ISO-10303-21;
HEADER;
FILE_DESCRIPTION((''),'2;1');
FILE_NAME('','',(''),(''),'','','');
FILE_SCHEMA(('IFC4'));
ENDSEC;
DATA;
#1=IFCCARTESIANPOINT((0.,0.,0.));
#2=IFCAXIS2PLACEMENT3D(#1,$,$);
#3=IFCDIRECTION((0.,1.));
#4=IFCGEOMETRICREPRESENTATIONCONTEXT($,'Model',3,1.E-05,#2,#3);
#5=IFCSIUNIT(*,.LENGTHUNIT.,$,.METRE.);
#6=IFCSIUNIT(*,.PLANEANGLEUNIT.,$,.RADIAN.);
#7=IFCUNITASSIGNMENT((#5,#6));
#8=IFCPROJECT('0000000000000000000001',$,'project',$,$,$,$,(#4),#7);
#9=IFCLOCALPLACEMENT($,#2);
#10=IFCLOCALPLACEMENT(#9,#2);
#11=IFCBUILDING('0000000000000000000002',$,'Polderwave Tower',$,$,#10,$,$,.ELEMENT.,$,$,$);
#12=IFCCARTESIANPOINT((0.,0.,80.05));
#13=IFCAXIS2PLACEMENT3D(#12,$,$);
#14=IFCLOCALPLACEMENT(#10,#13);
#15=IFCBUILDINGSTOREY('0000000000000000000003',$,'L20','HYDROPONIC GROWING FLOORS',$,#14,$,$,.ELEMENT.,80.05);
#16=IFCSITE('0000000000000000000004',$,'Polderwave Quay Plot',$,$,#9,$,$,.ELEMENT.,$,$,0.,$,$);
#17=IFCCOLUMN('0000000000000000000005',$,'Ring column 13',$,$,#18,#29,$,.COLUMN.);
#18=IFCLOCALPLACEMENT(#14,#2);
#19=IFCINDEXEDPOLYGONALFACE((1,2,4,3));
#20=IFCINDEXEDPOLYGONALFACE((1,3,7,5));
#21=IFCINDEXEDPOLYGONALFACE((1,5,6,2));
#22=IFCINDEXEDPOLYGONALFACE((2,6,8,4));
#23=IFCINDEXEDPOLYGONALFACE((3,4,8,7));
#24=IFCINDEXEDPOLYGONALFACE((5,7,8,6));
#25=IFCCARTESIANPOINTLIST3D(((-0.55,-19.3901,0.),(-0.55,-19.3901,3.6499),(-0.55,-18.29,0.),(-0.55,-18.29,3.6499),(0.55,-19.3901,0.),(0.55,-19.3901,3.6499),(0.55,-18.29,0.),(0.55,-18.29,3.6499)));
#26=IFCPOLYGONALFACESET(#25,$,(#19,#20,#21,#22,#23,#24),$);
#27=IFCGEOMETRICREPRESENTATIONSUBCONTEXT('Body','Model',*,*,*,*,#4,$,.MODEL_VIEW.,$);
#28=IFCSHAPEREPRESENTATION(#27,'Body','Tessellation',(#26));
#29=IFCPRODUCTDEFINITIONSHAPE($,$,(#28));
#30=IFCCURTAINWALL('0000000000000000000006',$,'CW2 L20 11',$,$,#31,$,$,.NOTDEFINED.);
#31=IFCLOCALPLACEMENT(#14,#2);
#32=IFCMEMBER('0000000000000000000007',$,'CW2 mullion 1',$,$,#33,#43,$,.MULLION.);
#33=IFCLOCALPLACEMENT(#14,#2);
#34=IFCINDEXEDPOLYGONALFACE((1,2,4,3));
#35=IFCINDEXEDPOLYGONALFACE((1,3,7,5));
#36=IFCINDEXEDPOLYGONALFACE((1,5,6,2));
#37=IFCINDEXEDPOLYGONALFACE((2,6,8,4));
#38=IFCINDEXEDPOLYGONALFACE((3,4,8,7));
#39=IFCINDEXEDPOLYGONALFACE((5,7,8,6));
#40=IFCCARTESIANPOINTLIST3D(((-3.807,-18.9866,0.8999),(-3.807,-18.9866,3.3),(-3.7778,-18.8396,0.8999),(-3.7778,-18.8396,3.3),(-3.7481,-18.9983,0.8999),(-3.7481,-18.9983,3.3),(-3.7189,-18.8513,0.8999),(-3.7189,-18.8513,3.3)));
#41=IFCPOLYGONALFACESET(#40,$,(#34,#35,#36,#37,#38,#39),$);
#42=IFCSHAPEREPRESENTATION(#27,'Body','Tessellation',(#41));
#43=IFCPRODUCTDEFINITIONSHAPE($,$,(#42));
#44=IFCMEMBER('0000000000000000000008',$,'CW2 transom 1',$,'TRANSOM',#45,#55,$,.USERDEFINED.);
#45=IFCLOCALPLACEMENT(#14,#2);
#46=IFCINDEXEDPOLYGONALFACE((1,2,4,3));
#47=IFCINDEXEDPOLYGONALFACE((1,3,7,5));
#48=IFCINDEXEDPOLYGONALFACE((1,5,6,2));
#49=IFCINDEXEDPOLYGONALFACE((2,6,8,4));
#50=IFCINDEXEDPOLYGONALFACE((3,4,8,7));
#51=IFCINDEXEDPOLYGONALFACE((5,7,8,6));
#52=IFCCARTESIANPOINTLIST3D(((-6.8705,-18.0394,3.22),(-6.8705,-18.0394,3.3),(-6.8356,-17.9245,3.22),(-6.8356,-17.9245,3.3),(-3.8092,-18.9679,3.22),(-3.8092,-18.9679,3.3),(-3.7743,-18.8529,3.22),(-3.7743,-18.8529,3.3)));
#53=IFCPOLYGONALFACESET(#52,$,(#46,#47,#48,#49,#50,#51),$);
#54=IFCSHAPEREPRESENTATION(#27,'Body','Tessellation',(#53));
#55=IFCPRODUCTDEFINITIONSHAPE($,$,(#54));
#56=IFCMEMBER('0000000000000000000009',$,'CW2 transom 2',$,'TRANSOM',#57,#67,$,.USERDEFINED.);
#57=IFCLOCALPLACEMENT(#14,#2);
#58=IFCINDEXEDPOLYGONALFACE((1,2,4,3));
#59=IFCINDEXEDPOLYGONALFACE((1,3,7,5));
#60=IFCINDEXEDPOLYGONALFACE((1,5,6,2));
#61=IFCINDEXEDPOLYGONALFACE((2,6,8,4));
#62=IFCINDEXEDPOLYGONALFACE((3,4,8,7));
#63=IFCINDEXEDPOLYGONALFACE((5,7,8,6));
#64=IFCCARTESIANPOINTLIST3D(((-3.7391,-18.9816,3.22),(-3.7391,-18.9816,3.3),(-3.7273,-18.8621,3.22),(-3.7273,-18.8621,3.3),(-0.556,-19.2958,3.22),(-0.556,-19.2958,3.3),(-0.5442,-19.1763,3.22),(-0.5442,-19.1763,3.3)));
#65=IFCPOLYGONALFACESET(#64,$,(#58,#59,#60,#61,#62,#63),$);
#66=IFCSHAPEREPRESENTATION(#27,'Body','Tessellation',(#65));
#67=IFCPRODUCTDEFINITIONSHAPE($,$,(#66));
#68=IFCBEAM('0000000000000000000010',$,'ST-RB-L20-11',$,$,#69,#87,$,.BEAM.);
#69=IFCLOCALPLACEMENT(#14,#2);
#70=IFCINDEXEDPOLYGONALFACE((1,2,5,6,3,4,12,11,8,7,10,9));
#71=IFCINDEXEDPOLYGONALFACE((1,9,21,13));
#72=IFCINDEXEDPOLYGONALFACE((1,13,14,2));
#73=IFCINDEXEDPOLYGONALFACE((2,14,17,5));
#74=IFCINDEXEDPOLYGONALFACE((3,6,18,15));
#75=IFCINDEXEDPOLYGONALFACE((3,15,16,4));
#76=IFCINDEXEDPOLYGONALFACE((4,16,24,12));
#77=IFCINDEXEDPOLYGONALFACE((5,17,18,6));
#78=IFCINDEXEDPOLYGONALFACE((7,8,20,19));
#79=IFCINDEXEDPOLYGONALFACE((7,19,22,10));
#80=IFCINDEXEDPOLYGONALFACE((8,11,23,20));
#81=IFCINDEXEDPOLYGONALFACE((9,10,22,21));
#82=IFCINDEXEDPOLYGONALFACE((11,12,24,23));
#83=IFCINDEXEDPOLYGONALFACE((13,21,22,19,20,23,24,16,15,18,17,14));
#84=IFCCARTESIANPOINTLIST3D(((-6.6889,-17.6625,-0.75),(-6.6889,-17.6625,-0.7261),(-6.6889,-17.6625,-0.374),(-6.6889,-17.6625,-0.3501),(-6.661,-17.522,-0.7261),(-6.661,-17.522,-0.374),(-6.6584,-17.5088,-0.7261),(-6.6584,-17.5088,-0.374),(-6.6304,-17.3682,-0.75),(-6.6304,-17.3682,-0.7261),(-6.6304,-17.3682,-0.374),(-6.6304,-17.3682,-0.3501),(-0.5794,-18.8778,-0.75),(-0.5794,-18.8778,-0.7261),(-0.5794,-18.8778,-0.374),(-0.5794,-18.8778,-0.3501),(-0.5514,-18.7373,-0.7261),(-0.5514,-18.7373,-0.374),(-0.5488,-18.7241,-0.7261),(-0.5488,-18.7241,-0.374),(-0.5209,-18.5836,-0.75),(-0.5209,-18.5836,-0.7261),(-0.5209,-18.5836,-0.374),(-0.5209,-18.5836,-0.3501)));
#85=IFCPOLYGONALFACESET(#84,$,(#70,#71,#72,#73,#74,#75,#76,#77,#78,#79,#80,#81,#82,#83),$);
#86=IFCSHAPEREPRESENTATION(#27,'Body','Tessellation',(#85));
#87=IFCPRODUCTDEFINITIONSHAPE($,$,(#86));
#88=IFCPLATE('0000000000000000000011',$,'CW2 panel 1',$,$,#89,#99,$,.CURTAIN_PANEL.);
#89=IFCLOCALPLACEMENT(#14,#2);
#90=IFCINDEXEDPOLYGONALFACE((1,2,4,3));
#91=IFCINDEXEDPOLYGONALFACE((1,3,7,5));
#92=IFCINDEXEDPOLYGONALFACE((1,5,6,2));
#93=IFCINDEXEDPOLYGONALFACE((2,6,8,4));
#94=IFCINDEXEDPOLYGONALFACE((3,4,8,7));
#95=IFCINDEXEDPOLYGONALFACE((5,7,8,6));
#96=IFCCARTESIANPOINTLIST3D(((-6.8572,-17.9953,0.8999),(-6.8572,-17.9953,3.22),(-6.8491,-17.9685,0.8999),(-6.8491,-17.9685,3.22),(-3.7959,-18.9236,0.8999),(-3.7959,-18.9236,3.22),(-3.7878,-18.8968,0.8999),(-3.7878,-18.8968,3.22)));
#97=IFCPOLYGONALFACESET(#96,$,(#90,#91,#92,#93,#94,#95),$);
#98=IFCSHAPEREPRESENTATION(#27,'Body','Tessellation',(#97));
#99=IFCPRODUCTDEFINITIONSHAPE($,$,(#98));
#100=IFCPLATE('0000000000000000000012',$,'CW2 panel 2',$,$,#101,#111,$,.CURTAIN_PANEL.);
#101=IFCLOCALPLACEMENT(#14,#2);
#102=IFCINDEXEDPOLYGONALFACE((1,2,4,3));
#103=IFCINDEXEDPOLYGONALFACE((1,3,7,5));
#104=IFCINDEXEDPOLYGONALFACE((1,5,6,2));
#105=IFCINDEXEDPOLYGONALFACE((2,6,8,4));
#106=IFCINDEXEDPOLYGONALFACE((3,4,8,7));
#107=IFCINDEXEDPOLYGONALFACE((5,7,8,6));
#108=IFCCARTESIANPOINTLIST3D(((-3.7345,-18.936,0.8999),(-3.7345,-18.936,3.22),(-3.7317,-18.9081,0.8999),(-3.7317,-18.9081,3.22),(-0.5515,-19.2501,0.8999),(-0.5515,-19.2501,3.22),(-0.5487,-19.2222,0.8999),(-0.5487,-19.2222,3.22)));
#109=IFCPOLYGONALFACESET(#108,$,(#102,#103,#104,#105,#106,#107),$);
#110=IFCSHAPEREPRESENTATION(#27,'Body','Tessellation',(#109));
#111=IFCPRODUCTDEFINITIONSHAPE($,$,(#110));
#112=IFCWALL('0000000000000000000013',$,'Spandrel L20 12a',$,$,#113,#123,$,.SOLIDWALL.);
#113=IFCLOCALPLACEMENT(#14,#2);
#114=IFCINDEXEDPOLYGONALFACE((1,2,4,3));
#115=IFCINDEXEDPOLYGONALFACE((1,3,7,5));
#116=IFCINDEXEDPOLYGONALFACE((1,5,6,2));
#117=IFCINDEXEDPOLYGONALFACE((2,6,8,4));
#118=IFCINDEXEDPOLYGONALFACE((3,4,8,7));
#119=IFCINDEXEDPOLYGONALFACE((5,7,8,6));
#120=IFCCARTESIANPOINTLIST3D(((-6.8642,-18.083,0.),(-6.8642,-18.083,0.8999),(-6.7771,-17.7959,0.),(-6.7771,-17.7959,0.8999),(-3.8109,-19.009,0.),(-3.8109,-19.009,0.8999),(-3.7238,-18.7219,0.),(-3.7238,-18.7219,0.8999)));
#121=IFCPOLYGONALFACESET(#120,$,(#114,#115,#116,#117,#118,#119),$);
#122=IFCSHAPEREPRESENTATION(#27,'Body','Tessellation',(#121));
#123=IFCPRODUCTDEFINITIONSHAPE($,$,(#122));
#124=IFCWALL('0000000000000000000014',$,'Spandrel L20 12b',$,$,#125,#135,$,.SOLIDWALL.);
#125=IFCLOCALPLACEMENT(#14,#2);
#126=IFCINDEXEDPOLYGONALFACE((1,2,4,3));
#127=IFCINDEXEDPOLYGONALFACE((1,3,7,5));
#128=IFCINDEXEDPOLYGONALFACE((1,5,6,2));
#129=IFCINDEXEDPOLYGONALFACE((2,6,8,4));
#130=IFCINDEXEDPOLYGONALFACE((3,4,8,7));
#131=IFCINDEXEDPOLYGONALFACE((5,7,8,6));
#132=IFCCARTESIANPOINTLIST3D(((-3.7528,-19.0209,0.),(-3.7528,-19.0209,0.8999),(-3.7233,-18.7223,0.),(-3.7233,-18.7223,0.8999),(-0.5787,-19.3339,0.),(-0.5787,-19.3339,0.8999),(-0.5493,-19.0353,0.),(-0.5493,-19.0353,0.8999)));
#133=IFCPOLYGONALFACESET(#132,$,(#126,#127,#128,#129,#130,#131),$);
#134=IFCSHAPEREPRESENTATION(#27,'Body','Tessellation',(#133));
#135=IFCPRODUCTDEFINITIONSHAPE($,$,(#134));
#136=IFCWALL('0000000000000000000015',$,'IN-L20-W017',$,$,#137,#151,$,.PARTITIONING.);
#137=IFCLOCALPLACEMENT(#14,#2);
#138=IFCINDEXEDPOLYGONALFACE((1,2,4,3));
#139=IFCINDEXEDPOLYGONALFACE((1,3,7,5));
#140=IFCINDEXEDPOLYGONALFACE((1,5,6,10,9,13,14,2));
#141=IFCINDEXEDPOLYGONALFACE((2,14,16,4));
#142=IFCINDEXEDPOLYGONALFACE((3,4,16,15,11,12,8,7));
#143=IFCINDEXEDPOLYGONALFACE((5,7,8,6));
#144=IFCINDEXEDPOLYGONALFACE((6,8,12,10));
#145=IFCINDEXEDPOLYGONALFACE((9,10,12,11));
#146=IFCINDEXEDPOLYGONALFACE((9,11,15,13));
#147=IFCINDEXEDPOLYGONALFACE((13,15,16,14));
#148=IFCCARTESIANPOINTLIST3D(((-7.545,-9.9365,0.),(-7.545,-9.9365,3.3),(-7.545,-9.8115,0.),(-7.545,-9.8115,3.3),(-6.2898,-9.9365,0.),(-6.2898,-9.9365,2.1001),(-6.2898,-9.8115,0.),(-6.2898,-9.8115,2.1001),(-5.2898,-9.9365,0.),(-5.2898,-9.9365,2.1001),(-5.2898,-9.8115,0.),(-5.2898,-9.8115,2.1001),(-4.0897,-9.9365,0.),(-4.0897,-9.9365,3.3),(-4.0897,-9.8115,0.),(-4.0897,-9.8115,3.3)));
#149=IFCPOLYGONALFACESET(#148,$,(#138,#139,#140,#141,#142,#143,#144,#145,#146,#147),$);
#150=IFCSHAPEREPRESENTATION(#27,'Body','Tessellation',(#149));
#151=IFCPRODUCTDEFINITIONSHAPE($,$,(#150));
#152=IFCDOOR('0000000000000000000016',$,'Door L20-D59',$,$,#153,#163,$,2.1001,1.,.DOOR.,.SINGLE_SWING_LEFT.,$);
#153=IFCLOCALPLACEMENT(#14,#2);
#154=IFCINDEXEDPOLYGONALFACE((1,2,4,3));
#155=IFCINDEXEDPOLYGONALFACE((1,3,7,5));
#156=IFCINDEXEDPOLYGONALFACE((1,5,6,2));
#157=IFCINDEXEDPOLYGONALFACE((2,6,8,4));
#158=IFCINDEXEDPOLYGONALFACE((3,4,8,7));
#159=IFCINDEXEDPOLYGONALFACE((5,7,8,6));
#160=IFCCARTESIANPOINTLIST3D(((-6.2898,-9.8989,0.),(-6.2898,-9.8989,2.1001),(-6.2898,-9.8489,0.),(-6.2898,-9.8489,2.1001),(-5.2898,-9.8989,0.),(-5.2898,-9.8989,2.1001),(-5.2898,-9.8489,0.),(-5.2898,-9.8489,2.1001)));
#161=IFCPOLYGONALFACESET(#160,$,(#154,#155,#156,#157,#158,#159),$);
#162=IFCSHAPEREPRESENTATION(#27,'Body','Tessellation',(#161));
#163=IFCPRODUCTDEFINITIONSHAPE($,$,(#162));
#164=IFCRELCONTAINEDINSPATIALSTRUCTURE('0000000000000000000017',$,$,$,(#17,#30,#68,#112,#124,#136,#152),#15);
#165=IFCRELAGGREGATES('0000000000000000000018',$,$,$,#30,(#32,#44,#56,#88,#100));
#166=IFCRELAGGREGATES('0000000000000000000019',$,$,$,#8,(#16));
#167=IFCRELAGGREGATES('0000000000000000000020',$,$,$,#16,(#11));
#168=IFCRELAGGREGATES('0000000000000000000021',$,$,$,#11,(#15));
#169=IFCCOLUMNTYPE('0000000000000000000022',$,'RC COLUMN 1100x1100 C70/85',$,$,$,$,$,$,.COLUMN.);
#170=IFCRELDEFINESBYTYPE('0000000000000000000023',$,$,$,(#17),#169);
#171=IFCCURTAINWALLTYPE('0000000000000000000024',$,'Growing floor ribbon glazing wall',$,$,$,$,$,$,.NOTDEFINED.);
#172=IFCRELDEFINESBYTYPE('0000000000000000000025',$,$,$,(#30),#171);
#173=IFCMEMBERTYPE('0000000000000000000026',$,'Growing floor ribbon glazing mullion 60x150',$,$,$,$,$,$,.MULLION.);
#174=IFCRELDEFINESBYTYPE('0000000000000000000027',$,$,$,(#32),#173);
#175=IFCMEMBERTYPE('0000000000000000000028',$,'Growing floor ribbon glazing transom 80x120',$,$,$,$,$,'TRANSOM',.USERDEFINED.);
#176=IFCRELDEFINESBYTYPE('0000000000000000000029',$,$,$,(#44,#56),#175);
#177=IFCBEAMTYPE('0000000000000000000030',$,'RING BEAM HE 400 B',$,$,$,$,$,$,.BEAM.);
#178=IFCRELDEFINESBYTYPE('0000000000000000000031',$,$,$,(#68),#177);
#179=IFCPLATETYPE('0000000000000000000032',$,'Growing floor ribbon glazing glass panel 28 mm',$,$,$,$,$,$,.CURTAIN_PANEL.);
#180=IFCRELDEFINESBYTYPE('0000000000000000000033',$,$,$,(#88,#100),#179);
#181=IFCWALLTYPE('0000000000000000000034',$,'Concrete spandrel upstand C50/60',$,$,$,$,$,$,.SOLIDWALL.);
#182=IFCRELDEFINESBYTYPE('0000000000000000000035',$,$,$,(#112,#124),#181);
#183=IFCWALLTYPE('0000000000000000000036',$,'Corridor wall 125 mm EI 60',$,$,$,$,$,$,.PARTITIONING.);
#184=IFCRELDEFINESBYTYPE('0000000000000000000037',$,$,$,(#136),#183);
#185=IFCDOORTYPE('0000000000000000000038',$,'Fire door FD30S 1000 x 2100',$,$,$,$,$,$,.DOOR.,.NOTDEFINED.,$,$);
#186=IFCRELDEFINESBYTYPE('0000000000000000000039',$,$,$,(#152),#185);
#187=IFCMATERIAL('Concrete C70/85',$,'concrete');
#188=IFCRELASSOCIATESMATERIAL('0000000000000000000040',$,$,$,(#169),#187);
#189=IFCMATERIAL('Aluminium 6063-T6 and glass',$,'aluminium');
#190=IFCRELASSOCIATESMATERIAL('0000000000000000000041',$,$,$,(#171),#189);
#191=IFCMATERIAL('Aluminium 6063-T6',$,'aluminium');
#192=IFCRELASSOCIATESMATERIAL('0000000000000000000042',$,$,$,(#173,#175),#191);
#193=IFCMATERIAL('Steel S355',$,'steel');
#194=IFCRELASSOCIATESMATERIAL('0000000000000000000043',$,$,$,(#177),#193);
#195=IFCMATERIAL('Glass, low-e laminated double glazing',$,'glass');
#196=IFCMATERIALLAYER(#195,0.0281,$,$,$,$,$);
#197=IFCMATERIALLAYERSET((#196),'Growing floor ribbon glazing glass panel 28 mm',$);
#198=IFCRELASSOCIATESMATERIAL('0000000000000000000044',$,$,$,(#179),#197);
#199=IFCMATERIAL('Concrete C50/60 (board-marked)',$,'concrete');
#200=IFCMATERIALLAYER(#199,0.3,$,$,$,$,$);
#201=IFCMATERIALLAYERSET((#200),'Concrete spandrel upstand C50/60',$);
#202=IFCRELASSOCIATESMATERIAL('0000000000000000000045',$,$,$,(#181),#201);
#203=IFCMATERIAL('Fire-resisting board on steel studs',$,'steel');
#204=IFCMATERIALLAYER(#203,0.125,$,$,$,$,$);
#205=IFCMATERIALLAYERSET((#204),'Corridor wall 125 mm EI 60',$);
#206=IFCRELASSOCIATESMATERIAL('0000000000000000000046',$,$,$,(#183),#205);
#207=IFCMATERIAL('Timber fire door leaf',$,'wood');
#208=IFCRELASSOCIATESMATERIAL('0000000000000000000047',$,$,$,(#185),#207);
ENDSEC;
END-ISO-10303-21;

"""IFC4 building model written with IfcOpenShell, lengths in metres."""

from ifc_helpers import new_model, si_unit, direction, frame, frame_2d, origin, origin_2d, place, context, subcontext, project, spatial, rectangle, i_section, extrude, material, layer, layer_set, material_profile, profile_set, type_object, element, fill, aggregate, save


model = new_model("IFC4")

# Units and contexts
model_context = context("Model", 3, precision=1e-05, world=origin(), true_north=direction((0.0, 1.0)))
body_context = subcontext(model_context, "Body", "Model", "MODEL_VIEW")
ifc_project = project(units=[si_unit("LENGTHUNIT", "METRE"), si_unit("PLANEANGLEUNIT", "RADIAN")], contexts=[model_context])

# Site, building, storey
site_placement = place(None, origin())
site = spatial("IfcSite", under=ifc_project, at=site_placement, Name="Polderwave Quay Plot", CompositionType="ELEMENT", RefElevation=0.0)
building_placement = place(site_placement, origin())
building = spatial("IfcBuilding", under=site, at=building_placement, Name="Polderwave Tower", CompositionType="ELEMENT")
storey_placement = place(building_placement, frame((0.0, 0.0, 80.05)))
storey = spatial("IfcBuildingStorey", under=building, at=storey_placement, Name="L20", Description="HYDROPONIC GROWING FLOORS", CompositionType="ELEMENT", Elevation=80.05)

# Column
ifc_material_1 = material(Name="Concrete C70/85", Category="concrete")
ifc_material_profile_1 = material_profile(ifc_material_1, rectangle(XDim=1.1001, YDim=1.1001, at=origin_2d()), Name="RC 1100x1100")
ifc_profile_set_1 = profile_set([ifc_material_profile_1], Name="Concrete C70/85")
column_type = type_object("IfcColumnType", Name="RC COLUMN 1100x1100 C70/85", PredefinedType="COLUMN", material=ifc_profile_set_1)
column_placement = place(storey_placement, frame((0.0, -18.8401, 0.0), z_axis=(0.0, 0.0, 1.0), x_axis=(0.0, -1.0, 0.0)))
element("IfcColumn", 1, at=column_placement, inside=storey, type_object=column_type, Name="Ring column 13", PredefinedType="COLUMN", context=body_context, shape_type="SweptSolid", body=[
    extrude(rectangle(XDim=1.1001, YDim=1.1001, at=origin_2d()), origin(), (0.0, 0.0, 1.0), 3.6499),
])

# Curtain wall, members
ifc_material_2 = material(Name="Aluminium 6063-T6 and glass", Category="aluminium")
curtain_wall_type = type_object("IfcCurtainWallType", Name="Growing floor ribbon glazing wall", PredefinedType="NOTDEFINED", material=ifc_material_2)
curtain_wall_placement = place(storey_placement, origin())
curtain_wall = element("IfcCurtainWall", 2, at=curtain_wall_placement, inside=storey, type_object=curtain_wall_type, Name="CW2 L20 11", PredefinedType="NOTDEFINED")
ifc_material_3 = material(Name="Aluminium 6063-T6", Category="aluminium")
ifc_material_profile_2 = material_profile(ifc_material_3, rectangle(XDim=0.1499, YDim=0.0601, at=origin_2d()), Name="AL 60x150")
ifc_profile_set_2 = profile_set([ifc_material_profile_2], Name="Aluminium 6063-T6")
member_type_1 = type_object("IfcMemberType", Name="Growing floor ribbon glazing mullion 60x150", PredefinedType="MULLION", material=ifc_profile_set_2)
member_1_placement = place(storey_placement, frame((-3.7629, -18.9189, 0.8999), z_axis=(0.0, 0.0, 1.0), x_axis=(0.195123, 0.980779, 0.0)))
member_1 = element("IfcMember", 3, at=member_1_placement, type_object=member_type_1, Name="CW2 mullion 1", PredefinedType="MULLION", context=body_context, shape_type="SweptSolid", body=[
    extrude(rectangle(XDim=0.1499, YDim=0.0601, at=origin_2d()), origin(), (0.0, 0.0, 1.0), 2.4001),
])
ifc_material_profile_3 = material_profile(ifc_material_3, rectangle(XDim=0.1201, YDim=0.0801, at=origin_2d()), Name="AL 80x120")
ifc_profile_set_3 = profile_set([ifc_material_profile_3], Name="Aluminium 6063-T6")
member_type_2 = type_object("IfcMemberType", Name="Growing floor ribbon glazing transom 80x120", ElementType="TRANSOM", PredefinedType="USERDEFINED", material=ifc_profile_set_3)
member_2_placement = place(storey_placement, frame((-6.853, -17.9819, 3.26), z_axis=(0.956954, -0.290238, 0.0), x_axis=(0.290238, 0.956954, 0.0)))
member_2 = element("IfcMember", 4, at=member_2_placement, type_object=member_type_2, Name="CW2 transom 1", ObjectType="TRANSOM", PredefinedType="USERDEFINED", context=body_context, shape_type="SweptSolid", body=[
    extrude(rectangle(XDim=0.1201, YDim=0.0801, at=origin_2d()), origin(), (0.0, 0.0, 1.0), 3.199),
])
member_3_placement = place(storey_placement, frame((-3.7332, -18.9219, 3.26), z_axis=(0.995163, -0.098234, 0.0), x_axis=(0.098234, 0.995163, 0.0)))
member_3 = element("IfcMember", 5, at=member_3_placement, type_object=member_type_2, Name="CW2 transom 2", ObjectType="TRANSOM", PredefinedType="USERDEFINED", context=body_context, shape_type="SweptSolid", body=[
    extrude(rectangle(XDim=0.1201, YDim=0.0801, at=origin_2d()), origin(), (0.0, 0.0, 1.0), 3.1985),
])

# Beam
ifc_material_4 = material(Name="Steel S355", Category="steel")
ifc_material_profile_4 = material_profile(ifc_material_4, i_section(OverallWidth=0.3, OverallDepth=0.3999, WebThickness=0.0134, FlangeThickness=0.0239, at=origin_2d()), Name="HE 400 B")
ifc_profile_set_4 = profile_set([ifc_material_profile_4], Name="Steel S355")
beam_type = type_object("IfcBeamType", Name="RING BEAM HE 400 B", PredefinedType="BEAM", material=ifc_profile_set_4)
beam_placement = place(storey_placement, frame((-6.6597, -17.5154, -0.55), z_axis=(0.980784, -0.195099, 0.0), x_axis=(0.195099, 0.980784, 0.0)))
element("IfcBeam", 6, at=beam_placement, inside=storey, type_object=beam_type, Name="ST-RB-L20-11", PredefinedType="BEAM", context=body_context, shape_type="SweptSolid", body=[
    extrude(i_section(OverallWidth=0.3, OverallDepth=0.3999, WebThickness=0.0134, FlangeThickness=0.0239, at=origin_2d()), origin(), (0.0, 0.0, 1.0), 6.2292),
])

# Plates
ifc_material_5 = material(Name="Glass, low-e laminated double glazing", Category="glass")
ifc_layer_1 = layer(ifc_material_5, 0.0281)
ifc_layer_set_1 = layer_set([ifc_layer_1], Name="Growing floor ribbon glazing glass panel 28 mm")
plate_type = type_object("IfcPlateType", Name="Growing floor ribbon glazing glass panel 28 mm", PredefinedType="CURTAIN_PANEL", material=ifc_layer_set_1)
plate_1_placement = place(storey_placement, frame((-5.3225, -18.446, 0.8999), z_axis=(0.0, 0.0, 1.0), x_axis=(0.95697, -0.290188, 0.0)))
plate_1 = element("IfcPlate", 7, at=plate_1_placement, type_object=plate_type, Name="CW2 panel 1", PredefinedType="CURTAIN_PANEL", context=body_context, shape_type="SweptSolid", body=[
    extrude(rectangle(XDim=3.199, YDim=0.0281, at=origin_2d()), origin(), (0.0, 0.0, 1.0), 2.3201),
])
plate_2_placement = place(storey_placement, frame((-2.1416, -19.0791, 0.8999), z_axis=(0.0, 0.0, 1.0), x_axis=(0.995168, -0.098186, 0.0)))
plate_2 = element("IfcPlate", 8, at=plate_2_placement, type_object=plate_type, Name="CW2 panel 2", PredefinedType="CURTAIN_PANEL", context=body_context, shape_type="SweptSolid", body=[
    extrude(rectangle(XDim=3.1985, YDim=0.0281, at=origin_2d()), origin(), (0.0, 0.0, 1.0), 2.3201),
])
aggregate(curtain_wall, [member_1, member_2, member_3, plate_1, plate_2])

# Walls
ifc_material_6 = material(Name="Concrete C50/60 (board-marked)", Category="concrete")
ifc_layer_2 = layer(ifc_material_6, 0.3)
ifc_layer_set_2 = layer_set([ifc_layer_2], Name="Concrete spandrel upstand C50/60")
wall_type_1 = type_object("IfcWallType", Name="Concrete spandrel upstand C50/60", PredefinedType="SOLIDWALL", material=ifc_layer_set_2)
wall_1_placement = place(storey_placement, frame((-6.8206, -17.9395, 0.0), z_axis=(0.0, 0.0, 1.0), x_axis=(0.956954, -0.290239, 0.0)))
element("IfcWall", 9, at=wall_1_placement, inside=storey, type_object=wall_type_1, Name="Spandrel L20 12a", PredefinedType="SOLIDWALL", context=body_context, shape_type="SweptSolid", body=[
    extrude(rectangle(XDim=3.1907, YDim=0.3, at=frame_2d((1.5952, 0.0))), origin(), (0.0, 0.0, 1.0), 0.8999),
])
wall_2_placement = place(storey_placement, frame((-3.738, -18.8716, 0.0), z_axis=(0.0, 0.0, 1.0), x_axis=(0.995173, -0.098132, 0.0)))
element("IfcWall", 10, at=wall_2_placement, inside=storey, type_object=wall_type_1, Name="Spandrel L20 12b", PredefinedType="SOLIDWALL", context=body_context, shape_type="SweptSolid", body=[
    extrude(rectangle(XDim=3.1895, YDim=0.3, at=frame_2d((1.5947, 0.0))), origin(), (0.0, 0.0, 1.0), 0.8999),
])

# Wall, opening, door
ifc_material_7 = material(Name="Fire-resisting board on steel studs", Category="steel")
ifc_layer_3 = layer(ifc_material_7, 0.125)
ifc_layer_set_3 = layer_set([ifc_layer_3], Name="Corridor wall 125 mm EI 60")
wall_type_2 = type_object("IfcWallType", Name="Corridor wall 125 mm EI 60", PredefinedType="PARTITIONING", material=ifc_layer_set_3)
wall_3_placement = place(storey_placement, frame((-4.0898, -9.874, 0.0), z_axis=(0.0, 0.0, 1.0), x_axis=(-1.0, 0.0, 0.0)))
wall_3 = element("IfcWall", 11, at=wall_3_placement, inside=storey, type_object=wall_type_2, Name="IN-L20-W017", PredefinedType="PARTITIONING", context=body_context, shape_type="SweptSolid", body=[
    extrude(rectangle(XDim=3.4553, YDim=0.125, at=frame_2d((1.7275, 0.0))), origin(), (0.0, 0.0, 1.0), 3.3),
])
opening_1_placement = place(wall_3_placement, frame((1.2, 0.0, 0.0)))
opening_1 = element("IfcOpeningElement", 12, at=opening_1_placement, cuts=wall_3, PredefinedType="OPENING", context=body_context, shape_type="SweptSolid", body=[
    extrude(rectangle(XDim=1.0, YDim=2.1001, at=frame_2d((0.5, 1.05))), frame((0.0, 0.0725, 0.0), z_axis=(0.0, -1.0, 0.0), x_axis=(1.0, 0.0, 0.0)), (0.0, 0.0, 1.0), 0.145),
])
ifc_material_8 = material(Name="Timber fire door leaf", Category="wood")
door_type_1 = type_object("IfcDoorType", Name="Fire door FD30S 1000 x 2100", OperationType="NOTDEFINED", PredefinedType="DOOR", material=ifc_material_8)
door_1_placement = place(opening_1_placement, origin())
door_1 = element("IfcDoor", 13, at=door_1_placement, inside=storey, type_object=door_type_1, Name="Door L20-D59", OperationType="SINGLE_SWING_LEFT", OverallHeight=2.1001, OverallWidth=1.0, PredefinedType="DOOR", context=body_context, shape_type="SweptSolid", body=[
    extrude(rectangle(XDim=1.0, YDim=2.1001, at=frame_2d((0.5, 1.05))), frame((0.0, 0.0249, 0.0), z_axis=(0.0, -1.0, 0.0), x_axis=(1.0, 0.0, 0.0)), (0.0, 0.0, 1.0), 0.05),
])
fill(opening_1, door_1)

save(model, "model.ifc")
